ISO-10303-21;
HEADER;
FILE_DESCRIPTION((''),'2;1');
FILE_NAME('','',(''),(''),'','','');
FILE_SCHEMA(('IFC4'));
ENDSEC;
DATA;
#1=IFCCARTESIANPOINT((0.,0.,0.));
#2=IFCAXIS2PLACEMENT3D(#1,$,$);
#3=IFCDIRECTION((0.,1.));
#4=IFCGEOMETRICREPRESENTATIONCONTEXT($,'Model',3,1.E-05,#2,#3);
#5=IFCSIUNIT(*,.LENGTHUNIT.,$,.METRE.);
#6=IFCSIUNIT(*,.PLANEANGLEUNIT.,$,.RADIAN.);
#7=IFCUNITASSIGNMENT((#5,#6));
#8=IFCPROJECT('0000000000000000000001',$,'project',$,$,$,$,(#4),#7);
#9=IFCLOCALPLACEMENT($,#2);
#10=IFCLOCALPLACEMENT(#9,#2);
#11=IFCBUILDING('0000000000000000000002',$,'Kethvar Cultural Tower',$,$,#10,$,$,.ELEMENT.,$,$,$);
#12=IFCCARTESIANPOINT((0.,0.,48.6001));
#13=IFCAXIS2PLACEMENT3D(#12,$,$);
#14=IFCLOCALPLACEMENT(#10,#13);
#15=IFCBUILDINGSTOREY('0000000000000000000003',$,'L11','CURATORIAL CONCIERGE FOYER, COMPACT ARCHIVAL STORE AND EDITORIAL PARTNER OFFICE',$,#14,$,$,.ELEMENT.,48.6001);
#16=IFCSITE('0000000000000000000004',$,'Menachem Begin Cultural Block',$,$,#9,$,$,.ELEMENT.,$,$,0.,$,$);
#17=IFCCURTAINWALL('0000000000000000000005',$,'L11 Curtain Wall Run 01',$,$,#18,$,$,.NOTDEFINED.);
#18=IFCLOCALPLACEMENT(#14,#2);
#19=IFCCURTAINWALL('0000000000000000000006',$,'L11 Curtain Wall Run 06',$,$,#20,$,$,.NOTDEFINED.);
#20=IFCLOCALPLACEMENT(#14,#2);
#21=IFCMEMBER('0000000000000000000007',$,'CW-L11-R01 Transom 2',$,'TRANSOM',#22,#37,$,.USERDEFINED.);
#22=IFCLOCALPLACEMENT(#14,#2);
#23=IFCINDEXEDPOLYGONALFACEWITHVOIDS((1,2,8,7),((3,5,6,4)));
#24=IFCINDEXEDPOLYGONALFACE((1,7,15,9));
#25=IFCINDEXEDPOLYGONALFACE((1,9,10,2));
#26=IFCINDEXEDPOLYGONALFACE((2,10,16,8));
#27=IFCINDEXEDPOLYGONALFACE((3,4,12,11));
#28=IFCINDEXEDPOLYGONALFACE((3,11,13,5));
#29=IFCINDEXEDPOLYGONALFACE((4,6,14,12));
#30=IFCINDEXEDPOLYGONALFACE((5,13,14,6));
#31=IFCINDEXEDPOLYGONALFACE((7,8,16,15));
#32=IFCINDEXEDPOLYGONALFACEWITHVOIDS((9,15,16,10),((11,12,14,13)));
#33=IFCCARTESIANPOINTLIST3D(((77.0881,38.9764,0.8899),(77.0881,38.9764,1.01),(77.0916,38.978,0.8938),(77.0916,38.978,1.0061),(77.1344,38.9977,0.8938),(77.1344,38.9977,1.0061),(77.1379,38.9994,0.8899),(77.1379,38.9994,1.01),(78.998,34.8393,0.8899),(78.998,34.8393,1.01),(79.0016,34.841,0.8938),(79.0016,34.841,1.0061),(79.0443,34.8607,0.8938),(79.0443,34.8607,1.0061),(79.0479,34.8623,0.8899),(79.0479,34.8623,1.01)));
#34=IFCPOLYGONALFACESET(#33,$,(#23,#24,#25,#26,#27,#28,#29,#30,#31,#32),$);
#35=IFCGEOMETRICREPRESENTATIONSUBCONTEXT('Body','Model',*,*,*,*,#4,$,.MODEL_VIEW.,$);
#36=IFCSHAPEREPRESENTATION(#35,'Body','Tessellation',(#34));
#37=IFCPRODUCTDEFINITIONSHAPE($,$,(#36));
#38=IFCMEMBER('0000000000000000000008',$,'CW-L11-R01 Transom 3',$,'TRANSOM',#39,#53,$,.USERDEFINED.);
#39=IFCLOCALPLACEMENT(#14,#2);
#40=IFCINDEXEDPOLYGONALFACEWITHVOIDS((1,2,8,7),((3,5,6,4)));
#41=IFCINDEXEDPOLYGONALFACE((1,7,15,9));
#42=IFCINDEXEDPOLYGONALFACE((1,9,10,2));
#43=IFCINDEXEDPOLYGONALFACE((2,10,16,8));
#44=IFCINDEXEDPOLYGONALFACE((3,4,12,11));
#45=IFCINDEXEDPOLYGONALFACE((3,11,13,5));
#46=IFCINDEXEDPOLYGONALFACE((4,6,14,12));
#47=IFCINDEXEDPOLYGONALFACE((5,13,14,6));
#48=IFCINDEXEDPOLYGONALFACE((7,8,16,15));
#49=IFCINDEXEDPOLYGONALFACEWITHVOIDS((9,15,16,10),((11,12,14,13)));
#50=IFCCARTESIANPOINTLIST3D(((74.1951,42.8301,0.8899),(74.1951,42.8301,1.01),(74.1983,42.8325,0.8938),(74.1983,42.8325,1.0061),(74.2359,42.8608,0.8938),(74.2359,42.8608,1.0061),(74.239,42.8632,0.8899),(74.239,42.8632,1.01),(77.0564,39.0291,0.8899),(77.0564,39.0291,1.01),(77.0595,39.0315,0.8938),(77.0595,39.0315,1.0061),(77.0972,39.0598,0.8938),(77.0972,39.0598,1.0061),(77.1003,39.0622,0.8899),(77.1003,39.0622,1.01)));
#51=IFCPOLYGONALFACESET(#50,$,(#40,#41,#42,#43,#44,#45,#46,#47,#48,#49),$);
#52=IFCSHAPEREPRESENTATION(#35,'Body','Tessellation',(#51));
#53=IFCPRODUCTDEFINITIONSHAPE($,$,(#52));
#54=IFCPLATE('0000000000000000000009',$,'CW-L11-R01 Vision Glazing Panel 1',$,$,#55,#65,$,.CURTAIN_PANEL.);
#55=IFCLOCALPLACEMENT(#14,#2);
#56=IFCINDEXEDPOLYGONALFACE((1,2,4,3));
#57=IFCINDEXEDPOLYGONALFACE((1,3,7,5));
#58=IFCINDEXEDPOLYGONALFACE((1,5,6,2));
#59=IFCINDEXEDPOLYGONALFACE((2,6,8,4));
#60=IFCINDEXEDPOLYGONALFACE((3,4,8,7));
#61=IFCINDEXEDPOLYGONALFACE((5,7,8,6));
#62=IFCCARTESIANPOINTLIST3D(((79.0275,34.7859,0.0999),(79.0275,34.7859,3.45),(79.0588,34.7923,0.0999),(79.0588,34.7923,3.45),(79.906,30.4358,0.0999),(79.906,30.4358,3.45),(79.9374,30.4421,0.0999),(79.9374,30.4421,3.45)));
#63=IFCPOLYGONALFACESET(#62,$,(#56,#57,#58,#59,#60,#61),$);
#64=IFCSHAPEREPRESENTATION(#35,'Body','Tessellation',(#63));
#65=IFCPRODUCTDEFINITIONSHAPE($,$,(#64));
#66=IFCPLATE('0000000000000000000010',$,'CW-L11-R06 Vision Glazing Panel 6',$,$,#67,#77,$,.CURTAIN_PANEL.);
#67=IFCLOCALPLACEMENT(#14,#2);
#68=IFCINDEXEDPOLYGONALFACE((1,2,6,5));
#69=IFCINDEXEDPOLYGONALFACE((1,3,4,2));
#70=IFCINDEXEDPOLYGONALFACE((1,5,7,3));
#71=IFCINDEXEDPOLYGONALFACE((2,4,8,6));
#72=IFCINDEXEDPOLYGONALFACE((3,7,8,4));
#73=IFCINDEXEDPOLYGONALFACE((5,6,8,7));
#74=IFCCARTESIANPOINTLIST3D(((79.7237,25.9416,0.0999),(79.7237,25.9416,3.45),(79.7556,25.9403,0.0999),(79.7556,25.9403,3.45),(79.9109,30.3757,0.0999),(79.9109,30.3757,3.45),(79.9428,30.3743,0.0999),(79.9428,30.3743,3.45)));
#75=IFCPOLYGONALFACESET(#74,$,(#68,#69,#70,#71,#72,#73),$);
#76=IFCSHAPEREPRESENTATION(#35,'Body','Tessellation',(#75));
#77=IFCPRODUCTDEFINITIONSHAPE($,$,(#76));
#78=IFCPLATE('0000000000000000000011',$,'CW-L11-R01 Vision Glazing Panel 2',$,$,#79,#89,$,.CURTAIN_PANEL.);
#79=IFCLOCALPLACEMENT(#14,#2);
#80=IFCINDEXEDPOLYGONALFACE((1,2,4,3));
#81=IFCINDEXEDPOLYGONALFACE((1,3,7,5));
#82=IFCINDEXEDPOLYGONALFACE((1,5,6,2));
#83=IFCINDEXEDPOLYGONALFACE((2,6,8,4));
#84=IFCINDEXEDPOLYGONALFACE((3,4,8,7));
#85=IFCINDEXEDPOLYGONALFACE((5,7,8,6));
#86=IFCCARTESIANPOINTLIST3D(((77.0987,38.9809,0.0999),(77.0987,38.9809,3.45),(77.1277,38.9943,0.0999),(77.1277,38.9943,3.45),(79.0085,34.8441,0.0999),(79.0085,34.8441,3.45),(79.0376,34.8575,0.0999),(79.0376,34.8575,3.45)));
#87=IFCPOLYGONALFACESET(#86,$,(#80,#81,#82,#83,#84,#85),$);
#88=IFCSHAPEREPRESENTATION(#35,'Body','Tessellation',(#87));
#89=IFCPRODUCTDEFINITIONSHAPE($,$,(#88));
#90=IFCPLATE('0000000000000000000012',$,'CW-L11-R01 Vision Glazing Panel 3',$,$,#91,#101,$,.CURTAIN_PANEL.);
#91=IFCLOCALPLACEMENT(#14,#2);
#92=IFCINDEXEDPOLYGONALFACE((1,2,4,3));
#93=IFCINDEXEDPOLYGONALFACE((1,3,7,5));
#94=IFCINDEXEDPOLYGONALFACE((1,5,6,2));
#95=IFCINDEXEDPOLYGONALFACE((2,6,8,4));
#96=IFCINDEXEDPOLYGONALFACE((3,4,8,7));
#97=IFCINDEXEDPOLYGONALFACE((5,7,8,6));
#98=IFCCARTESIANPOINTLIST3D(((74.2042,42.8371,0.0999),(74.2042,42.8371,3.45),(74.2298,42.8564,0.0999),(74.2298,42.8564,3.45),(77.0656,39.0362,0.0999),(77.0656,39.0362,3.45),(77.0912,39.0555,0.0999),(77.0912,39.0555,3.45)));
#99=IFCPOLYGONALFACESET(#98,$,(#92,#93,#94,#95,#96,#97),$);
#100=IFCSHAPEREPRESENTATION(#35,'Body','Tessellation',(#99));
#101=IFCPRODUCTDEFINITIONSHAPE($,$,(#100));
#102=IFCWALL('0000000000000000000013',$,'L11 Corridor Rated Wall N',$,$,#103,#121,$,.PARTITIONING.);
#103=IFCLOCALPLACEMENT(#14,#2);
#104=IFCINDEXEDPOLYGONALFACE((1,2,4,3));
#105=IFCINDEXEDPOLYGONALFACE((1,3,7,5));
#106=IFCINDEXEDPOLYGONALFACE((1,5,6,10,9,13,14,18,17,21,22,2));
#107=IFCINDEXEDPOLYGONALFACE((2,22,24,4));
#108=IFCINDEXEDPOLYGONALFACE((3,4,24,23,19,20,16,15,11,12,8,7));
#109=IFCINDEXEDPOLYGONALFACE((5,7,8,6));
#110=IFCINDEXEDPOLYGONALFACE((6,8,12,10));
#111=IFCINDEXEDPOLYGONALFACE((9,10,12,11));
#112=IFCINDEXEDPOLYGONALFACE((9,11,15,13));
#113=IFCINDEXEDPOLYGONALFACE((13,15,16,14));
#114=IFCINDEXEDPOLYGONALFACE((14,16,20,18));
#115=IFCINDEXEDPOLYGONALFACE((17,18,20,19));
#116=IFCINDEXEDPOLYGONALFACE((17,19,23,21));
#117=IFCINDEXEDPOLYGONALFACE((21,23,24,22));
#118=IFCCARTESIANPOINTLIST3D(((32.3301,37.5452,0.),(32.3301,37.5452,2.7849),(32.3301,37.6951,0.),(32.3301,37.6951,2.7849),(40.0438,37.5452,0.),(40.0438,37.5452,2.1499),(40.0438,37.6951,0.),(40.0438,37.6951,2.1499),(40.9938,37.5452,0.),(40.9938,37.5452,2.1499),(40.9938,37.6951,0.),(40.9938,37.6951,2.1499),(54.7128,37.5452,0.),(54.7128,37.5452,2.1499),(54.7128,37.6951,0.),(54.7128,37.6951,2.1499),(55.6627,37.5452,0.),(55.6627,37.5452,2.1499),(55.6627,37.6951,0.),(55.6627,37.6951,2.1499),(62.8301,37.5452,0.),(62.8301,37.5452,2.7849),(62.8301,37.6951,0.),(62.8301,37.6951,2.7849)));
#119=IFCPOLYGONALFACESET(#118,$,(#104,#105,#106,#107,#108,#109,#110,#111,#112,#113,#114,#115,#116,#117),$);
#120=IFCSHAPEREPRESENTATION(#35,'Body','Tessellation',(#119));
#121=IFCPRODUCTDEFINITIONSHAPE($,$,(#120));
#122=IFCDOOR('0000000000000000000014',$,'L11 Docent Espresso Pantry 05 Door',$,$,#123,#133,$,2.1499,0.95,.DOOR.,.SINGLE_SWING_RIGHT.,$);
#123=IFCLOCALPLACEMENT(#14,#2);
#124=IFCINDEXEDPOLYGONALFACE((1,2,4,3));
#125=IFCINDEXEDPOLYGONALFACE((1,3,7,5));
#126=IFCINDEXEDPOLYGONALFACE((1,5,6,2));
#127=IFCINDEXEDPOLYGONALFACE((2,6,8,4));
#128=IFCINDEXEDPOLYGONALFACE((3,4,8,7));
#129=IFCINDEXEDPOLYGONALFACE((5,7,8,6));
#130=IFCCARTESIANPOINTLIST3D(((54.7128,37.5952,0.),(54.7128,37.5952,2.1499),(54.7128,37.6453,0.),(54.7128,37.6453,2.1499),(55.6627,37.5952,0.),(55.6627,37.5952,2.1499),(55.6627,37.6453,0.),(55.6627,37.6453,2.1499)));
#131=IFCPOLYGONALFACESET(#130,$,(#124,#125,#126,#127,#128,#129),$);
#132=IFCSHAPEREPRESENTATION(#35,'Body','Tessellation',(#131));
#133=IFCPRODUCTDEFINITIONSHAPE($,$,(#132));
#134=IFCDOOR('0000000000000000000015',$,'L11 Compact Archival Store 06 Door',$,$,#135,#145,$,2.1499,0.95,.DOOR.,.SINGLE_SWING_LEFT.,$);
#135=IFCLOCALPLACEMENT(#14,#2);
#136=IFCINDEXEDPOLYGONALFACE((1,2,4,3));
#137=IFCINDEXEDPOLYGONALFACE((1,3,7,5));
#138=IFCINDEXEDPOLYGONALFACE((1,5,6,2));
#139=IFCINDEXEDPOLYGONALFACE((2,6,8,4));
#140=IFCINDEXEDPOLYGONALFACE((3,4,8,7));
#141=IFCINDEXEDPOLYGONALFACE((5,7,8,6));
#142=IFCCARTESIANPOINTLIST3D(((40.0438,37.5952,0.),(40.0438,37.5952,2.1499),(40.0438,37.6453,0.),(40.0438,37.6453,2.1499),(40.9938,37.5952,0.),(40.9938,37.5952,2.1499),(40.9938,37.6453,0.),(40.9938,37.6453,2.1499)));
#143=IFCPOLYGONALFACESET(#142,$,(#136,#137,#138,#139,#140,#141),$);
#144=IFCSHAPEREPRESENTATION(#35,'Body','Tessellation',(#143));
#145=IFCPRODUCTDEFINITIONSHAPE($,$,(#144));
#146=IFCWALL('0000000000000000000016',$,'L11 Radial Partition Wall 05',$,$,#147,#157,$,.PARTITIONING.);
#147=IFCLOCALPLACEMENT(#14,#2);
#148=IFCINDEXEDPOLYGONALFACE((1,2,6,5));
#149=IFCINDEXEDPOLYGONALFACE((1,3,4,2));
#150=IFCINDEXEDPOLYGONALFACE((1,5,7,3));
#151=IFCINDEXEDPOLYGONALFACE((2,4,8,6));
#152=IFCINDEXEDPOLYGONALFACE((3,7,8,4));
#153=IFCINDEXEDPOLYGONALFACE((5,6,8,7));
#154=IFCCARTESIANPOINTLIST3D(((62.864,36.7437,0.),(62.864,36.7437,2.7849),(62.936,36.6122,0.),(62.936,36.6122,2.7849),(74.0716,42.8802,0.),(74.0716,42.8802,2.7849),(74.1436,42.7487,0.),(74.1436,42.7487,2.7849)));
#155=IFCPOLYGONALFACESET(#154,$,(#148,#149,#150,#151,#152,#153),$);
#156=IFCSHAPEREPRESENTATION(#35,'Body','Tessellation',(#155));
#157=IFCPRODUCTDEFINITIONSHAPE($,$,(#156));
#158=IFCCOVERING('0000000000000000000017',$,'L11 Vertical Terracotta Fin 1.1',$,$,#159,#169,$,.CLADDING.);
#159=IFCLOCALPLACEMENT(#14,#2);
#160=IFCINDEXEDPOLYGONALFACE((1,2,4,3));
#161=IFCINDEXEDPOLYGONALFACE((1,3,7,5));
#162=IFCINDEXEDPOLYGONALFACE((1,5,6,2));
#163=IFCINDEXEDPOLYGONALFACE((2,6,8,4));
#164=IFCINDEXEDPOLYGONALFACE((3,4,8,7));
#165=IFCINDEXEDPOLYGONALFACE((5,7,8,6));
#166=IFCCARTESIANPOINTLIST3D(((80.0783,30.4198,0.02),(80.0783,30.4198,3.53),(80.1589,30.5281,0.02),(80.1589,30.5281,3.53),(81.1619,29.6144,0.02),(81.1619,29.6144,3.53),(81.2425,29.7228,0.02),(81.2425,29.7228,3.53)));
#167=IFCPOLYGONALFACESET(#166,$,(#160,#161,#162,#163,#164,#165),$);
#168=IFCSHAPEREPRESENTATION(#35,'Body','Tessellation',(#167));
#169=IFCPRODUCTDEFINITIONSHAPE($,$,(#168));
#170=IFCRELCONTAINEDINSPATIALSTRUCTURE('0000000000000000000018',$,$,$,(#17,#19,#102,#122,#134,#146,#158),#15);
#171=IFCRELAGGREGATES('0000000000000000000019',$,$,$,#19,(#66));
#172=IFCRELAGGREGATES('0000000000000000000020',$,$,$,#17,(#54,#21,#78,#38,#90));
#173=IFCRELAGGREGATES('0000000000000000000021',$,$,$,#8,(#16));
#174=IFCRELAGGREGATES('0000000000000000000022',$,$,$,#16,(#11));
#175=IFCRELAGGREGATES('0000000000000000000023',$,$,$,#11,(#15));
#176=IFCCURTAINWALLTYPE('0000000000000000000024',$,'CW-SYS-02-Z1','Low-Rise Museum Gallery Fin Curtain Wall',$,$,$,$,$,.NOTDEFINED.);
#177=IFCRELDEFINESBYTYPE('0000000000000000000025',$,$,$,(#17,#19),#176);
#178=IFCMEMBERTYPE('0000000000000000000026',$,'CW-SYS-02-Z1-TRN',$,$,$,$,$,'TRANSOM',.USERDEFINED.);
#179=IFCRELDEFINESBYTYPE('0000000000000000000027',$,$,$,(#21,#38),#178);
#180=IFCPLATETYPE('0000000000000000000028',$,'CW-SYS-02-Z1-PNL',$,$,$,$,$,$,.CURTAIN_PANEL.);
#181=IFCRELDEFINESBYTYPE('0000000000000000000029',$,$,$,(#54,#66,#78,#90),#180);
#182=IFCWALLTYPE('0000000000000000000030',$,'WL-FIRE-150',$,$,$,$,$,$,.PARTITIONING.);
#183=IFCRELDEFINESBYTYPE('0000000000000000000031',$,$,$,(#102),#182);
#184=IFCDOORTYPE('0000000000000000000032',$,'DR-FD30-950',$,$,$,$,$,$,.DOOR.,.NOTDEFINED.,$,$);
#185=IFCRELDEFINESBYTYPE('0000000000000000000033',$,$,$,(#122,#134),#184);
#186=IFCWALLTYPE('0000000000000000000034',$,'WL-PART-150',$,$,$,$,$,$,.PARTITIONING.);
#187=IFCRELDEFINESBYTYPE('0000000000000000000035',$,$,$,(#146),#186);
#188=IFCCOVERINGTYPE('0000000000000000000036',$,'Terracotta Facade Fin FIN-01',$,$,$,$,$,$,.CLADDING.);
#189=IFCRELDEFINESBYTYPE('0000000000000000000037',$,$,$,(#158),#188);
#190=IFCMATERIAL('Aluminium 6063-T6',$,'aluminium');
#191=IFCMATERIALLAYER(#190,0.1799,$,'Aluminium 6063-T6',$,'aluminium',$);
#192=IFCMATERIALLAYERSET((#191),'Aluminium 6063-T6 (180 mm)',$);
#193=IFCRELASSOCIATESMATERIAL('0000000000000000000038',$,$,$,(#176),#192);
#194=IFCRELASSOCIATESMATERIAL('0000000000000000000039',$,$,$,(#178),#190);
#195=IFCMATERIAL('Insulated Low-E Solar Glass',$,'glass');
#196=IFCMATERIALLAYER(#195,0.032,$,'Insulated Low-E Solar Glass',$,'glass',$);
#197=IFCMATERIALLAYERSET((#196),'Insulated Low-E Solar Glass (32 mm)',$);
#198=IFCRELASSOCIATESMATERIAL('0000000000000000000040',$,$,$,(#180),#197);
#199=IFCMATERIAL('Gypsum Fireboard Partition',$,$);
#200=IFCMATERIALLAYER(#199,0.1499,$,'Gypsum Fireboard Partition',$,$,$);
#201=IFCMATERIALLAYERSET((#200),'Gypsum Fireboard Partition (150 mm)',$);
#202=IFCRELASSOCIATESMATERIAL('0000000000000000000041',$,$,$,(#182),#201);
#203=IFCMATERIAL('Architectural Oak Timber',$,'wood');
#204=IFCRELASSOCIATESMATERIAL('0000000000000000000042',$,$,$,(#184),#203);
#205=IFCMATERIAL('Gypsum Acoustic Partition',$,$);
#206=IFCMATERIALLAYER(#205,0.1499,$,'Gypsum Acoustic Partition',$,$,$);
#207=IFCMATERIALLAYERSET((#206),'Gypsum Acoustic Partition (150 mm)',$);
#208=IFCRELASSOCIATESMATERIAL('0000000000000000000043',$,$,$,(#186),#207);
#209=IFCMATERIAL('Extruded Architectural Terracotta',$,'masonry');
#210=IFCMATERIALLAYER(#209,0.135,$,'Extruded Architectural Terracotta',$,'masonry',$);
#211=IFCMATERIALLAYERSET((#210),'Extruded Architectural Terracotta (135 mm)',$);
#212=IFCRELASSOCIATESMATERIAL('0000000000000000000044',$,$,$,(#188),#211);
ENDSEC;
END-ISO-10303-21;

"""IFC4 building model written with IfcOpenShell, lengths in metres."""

from ifc_helpers import new_model, si_unit, direction, frame, frame_2d, origin, origin_2d, place, context, subcontext, project, spatial, rectangle, hollow_rectangle, extrude, source, transform, mapped, material, layer, layer_set, material_profile, profile_set, type_object, element, fill, aggregate, save


model = new_model("IFC4")

# Units and contexts
model_context = context("Model", 3, precision=1e-05, world=origin(), true_north=direction((0.0, 1.0)))
body_context = subcontext(model_context, "Body", "Model", "MODEL_VIEW")
ifc_project = project(units=[si_unit("LENGTHUNIT", "METRE"), si_unit("PLANEANGLEUNIT", "RADIAN")], contexts=[model_context])

# Site, building, storey
site_placement = place(None, origin())
site = spatial("IfcSite", under=ifc_project, at=site_placement, Name="Menachem Begin Cultural Block", CompositionType="ELEMENT", RefElevation=0.0)
building_placement = place(site_placement, origin())
building = spatial("IfcBuilding", under=site, at=building_placement, Name="Kethvar Cultural Tower", CompositionType="ELEMENT")
storey_placement = place(building_placement, frame((0.0, 0.0, 48.6001)))
storey = spatial("IfcBuildingStorey", under=building, at=storey_placement, Name="L11", Description="CURATORIAL CONCIERGE FOYER, COMPACT ARCHIVAL STORE AND EDITORIAL PARTNER OFFICE", CompositionType="ELEMENT", Elevation=48.6001)

# Curtain wall
ifc_material_1 = material(Name="Aluminium 6063-T6", Category="aluminium")
ifc_layer_1 = layer(ifc_material_1, 0.1799, Name="Aluminium 6063-T6", Category="aluminium")
ifc_layer_set_1 = layer_set([ifc_layer_1], Name="Aluminium 6063-T6 (180 mm)")
curtain_wall_type = type_object("IfcCurtainWallType", Name="CW-SYS-02-Z1", Description="Low-Rise Museum Gallery Fin Curtain Wall", PredefinedType="NOTDEFINED", material=ifc_layer_set_1)
curtain_wall_1_placement = place(storey_placement, origin())
curtain_wall_1 = element("IfcCurtainWall", 1, at=curtain_wall_1_placement, inside=storey, type_object=curtain_wall_type, Name="L11 Curtain Wall Run 01", PredefinedType="NOTDEFINED")

# Curtain wall
curtain_wall_2_placement = place(storey_placement, origin())
curtain_wall_2 = element("IfcCurtainWall", 2, at=curtain_wall_2_placement, inside=storey, type_object=curtain_wall_type, Name="L11 Curtain Wall Run 06", PredefinedType="NOTDEFINED")

# Members
ifc_material_profile_1 = material_profile(ifc_material_1, hollow_rectangle(XDim=0.0549, YDim=0.1201, WallThickness=0.0039, at=origin_2d()), Name="Aluminium 6063-T6 — RHS120x55x4")
ifc_profile_set_1 = profile_set([ifc_material_profile_1], Name="Aluminium 6063-T6 — RHS120x55x4")
member_type_1 = type_object("IfcMemberType", Name="CW-SYS-02-Z1-TRN", ElementType="TRANSOM", PredefinedType="USERDEFINED", material=ifc_profile_set_1)
shared_shape_1 = source(origin(), body_context, "Body", "SweptSolid", [
    extrude(hollow_rectangle(XDim=0.0549, YDim=0.1201, WallThickness=0.0039, at=origin_2d()), origin(), (0.0, 0.0, 1.0), 4.5566),
])
member_1_placement = place(storey_placement, frame((79.0229, 34.8508, 0.95), z_axis=(-0.419157, 0.907914, 0.0), x_axis=(-0.907914, -0.419157, 0.0)))
member_1 = element("IfcMember", 3, at=member_1_placement, type_object=member_type_1, Name="CW-L11-R01 Transom 2", ObjectType="TRANSOM", PredefinedType="USERDEFINED", context=body_context, shape_type="MappedRepresentation", body=[
    mapped(shared_shape_1, transform((0.0, 0.0, 0.0), scale=1.0)),
])
shared_shape_2 = source(origin(), body_context, "Body", "SweptSolid", [
    extrude(hollow_rectangle(XDim=0.0549, YDim=0.1201, WallThickness=0.0039, at=origin_2d()), origin(), (0.0, 0.0, 1.0), 4.7576),
])
member_2_placement = place(storey_placement, frame((77.0784, 39.0457, 0.95), z_axis=(-0.601419, 0.798933, 0.0), x_axis=(-0.798933, -0.601419, 0.0)))
member_2 = element("IfcMember", 4, at=member_2_placement, type_object=member_type_1, Name="CW-L11-R01 Transom 3", ObjectType="TRANSOM", PredefinedType="USERDEFINED", context=body_context, shape_type="MappedRepresentation", body=[
    mapped(shared_shape_2, transform((0.0, 0.0, 0.0), scale=1.0)),
])

# Plates
ifc_material_2 = material(Name="Insulated Low-E Solar Glass", Category="glass")
ifc_layer_2 = layer(ifc_material_2, 0.032, Name="Insulated Low-E Solar Glass", Category="glass")
ifc_layer_set_2 = layer_set([ifc_layer_2], Name="Insulated Low-E Solar Glass (32 mm)")
plate_type = type_object("IfcPlateType", Name="CW-SYS-02-Z1-PNL", PredefinedType="CURTAIN_PANEL", material=ifc_layer_set_2)
shared_shape_3 = source(origin(), body_context, "Body", "SweptSolid", [
    extrude(rectangle(XDim=4.438, YDim=0.032, at=origin_2d()), origin(), (0.0, 0.0, 1.0), 3.3501),
])
plate_1_placement = place(storey_placement, frame((79.4824, 32.614, 0.0999), z_axis=(0.0, 0.0, 1.0), x_axis=(-0.197965, 0.980209, 0.0)))
plate_1 = element("IfcPlate", 5, at=plate_1_placement, type_object=plate_type, Name="CW-L11-R01 Vision Glazing Panel 1", PredefinedType="CURTAIN_PANEL", context=body_context, shape_type="MappedRepresentation", body=[
    mapped(shared_shape_3, transform((0.0, 0.0, 0.0), scale=1.0)),
])
plate_2_placement = place(storey_placement, frame((79.8333, 28.158, 0.0999), z_axis=(0.0, 0.0, 1.0), x_axis=(0.042172, 0.99911, 0.0)))
plate_2 = element("IfcPlate", 6, at=plate_2_placement, type_object=plate_type, Name="CW-L11-R06 Vision Glazing Panel 6", PredefinedType="CURTAIN_PANEL", context=body_context, shape_type="MappedRepresentation", body=[
    mapped(shared_shape_3, transform((0.0, 0.0, 0.0), scale=1.0)),
])
aggregate(curtain_wall_2, [plate_2])
shared_shape_4 = source(origin(), body_context, "Body", "SweptSolid", [
    extrude(rectangle(XDim=4.5564, YDim=0.032, at=origin_2d()), origin(), (0.0, 0.0, 1.0), 3.3501),
])
plate_3_placement = place(storey_placement, frame((78.0681, 36.9192, 0.0999), z_axis=(0.0, 0.0, 1.0), x_axis=(-0.419167, 0.907909, 0.0)))
plate_3 = element("IfcPlate", 7, at=plate_3_placement, type_object=plate_type, Name="CW-L11-R01 Vision Glazing Panel 2", PredefinedType="CURTAIN_PANEL", context=body_context, shape_type="MappedRepresentation", body=[
    mapped(shared_shape_4, transform((0.0, 0.0, 0.0), scale=1.0)),
])
shared_shape_5 = source(origin(), body_context, "Body", "SweptSolid", [
    extrude(rectangle(XDim=4.7576, YDim=0.032, at=origin_2d()), origin(), (0.0, 0.0, 1.0), 3.3501),
])
plate_4_placement = place(storey_placement, frame((75.6477, 40.9463, 0.0999), z_axis=(0.0, 0.0, 1.0), x_axis=(-0.601439, 0.798919, 0.0)))
plate_4 = element("IfcPlate", 8, at=plate_4_placement, type_object=plate_type, Name="CW-L11-R01 Vision Glazing Panel 3", PredefinedType="CURTAIN_PANEL", context=body_context, shape_type="MappedRepresentation", body=[
    mapped(shared_shape_5, transform((0.0, 0.0, 0.0), scale=1.0)),
])
aggregate(curtain_wall_1, [plate_1, member_1, plate_3, member_2, plate_4])

# Wall, openings, doors
ifc_material_3 = material(Name="Gypsum Fireboard Partition")
ifc_layer_3 = layer(ifc_material_3, 0.1499, Name="Gypsum Fireboard Partition")
ifc_layer_set_3 = layer_set([ifc_layer_3], Name="Gypsum Fireboard Partition (150 mm)")
wall_type_1 = type_object("IfcWallType", Name="WL-FIRE-150", PredefinedType="PARTITIONING", material=ifc_layer_set_3)
wall_1_placement = place(storey_placement, frame((62.8301, 37.6201, 0.0), z_axis=(0.0, 0.0, 1.0), x_axis=(-1.0, 0.0, 0.0)))
wall_1 = element("IfcWall", 9, at=wall_1_placement, inside=storey, type_object=wall_type_1, Name="L11 Corridor Rated Wall N", PredefinedType="PARTITIONING", context=body_context, shape_type="SweptSolid", body=[
    extrude(rectangle(XDim=30.5, YDim=0.1499, at=frame_2d((15.25, 0.0))), origin(), (0.0, 0.0, 1.0), 2.7849),
])
opening_1_placement = place(wall_1_placement, frame((7.1672, 0.0, 0.0)))
opening_1 = element("IfcOpeningElement", 10, at=opening_1_placement, cuts=wall_1, PredefinedType="OPENING", context=body_context, shape_type="SweptSolid", body=[
    extrude(rectangle(XDim=0.95, YDim=2.1499, at=frame_2d((0.4751, 1.075))), frame((0.0, 0.085, 0.0), z_axis=(0.0, -1.0, 0.0), x_axis=(1.0, 0.0, 0.0)), (0.0, 0.0, 1.0), 0.1699),
])
opening_2_placement = place(wall_1_placement, frame((21.8362, 0.0, 0.0)))
opening_2 = element("IfcOpeningElement", 11, at=opening_2_placement, cuts=wall_1, PredefinedType="OPENING", context=body_context, shape_type="SweptSolid", body=[
    extrude(rectangle(XDim=0.95, YDim=2.1499, at=frame_2d((0.4751, 1.075))), frame((0.0, 0.085, 0.0), z_axis=(0.0, -1.0, 0.0), x_axis=(1.0, 0.0, 0.0)), (0.0, 0.0, 1.0), 0.1699),
])
ifc_material_4 = material(Name="Architectural Oak Timber", Category="wood")
door_type = type_object("IfcDoorType", Name="DR-FD30-950", OperationType="NOTDEFINED", PredefinedType="DOOR", material=ifc_material_4)
shared_shape_6 = source(origin(), body_context, "Body", "SweptSolid", [
    extrude(rectangle(XDim=0.95, YDim=2.1499, at=frame_2d((0.4751, 1.075))), frame((0.0, 0.0249, 0.0), z_axis=(0.0, -1.0, 0.0), x_axis=(1.0, 0.0, 0.0)), (0.0, 0.0, 1.0), 0.05),
])
door_1_placement = place(opening_1_placement, origin())
door_1 = element("IfcDoor", 12, at=door_1_placement, inside=storey, type_object=door_type, Name="L11 Docent Espresso Pantry 05 Door", OperationType="SINGLE_SWING_RIGHT", OverallHeight=2.1499, OverallWidth=0.95, PredefinedType="DOOR", context=body_context, shape_type="MappedRepresentation", body=[
    mapped(shared_shape_6, transform((0.0, 0.0, 0.0), scale=1.0)),
])
fill(opening_1, door_1)
door_2_placement = place(opening_2_placement, origin())
door_2 = element("IfcDoor", 13, at=door_2_placement, inside=storey, type_object=door_type, Name="L11 Compact Archival Store 06 Door", OperationType="SINGLE_SWING_LEFT", OverallHeight=2.1499, OverallWidth=0.95, PredefinedType="DOOR", context=body_context, shape_type="MappedRepresentation", body=[
    mapped(shared_shape_6, transform((0.0, 0.0, 0.0), scale=1.0)),
])
fill(opening_2, door_2)

# Wall
ifc_material_5 = material(Name="Gypsum Acoustic Partition")
ifc_layer_4 = layer(ifc_material_5, 0.1499, Name="Gypsum Acoustic Partition")
ifc_layer_set_4 = layer_set([ifc_layer_4], Name="Gypsum Acoustic Partition (150 mm)")
wall_type_2 = type_object("IfcWallType", Name="WL-PART-150", PredefinedType="PARTITIONING", material=ifc_layer_set_4)
wall_2_placement = place(storey_placement, frame((62.9001, 36.678, 0.0), z_axis=(0.0, 0.0, 1.0), x_axis=(0.877128, 0.480256, 0.0)))
element("IfcWall", 14, at=wall_2_placement, inside=storey, type_object=wall_type_2, Name="L11 Radial Partition Wall 05", PredefinedType="PARTITIONING", context=body_context, shape_type="SweptSolid", body=[
    extrude(rectangle(XDim=12.7776, YDim=0.1499, at=frame_2d((6.3887, 0.0))), origin(), (0.0, 0.0, 1.0), 2.7849),
])

# Covering
ifc_material_6 = material(Name="Extruded Architectural Terracotta", Category="masonry")
ifc_layer_5 = layer(ifc_material_6, 0.135, Name="Extruded Architectural Terracotta", Category="masonry")
ifc_layer_set_5 = layer_set([ifc_layer_5], Name="Extruded Architectural Terracotta (135 mm)")
covering_type = type_object("IfcCoveringType", Name="Terracotta Facade Fin FIN-01", PredefinedType="CLADDING", material=ifc_layer_set_5)
shared_shape_7 = source(origin(), body_context, "Body", "SweptSolid", [
    extrude(rectangle(XDim=1.3501, YDim=0.135, at=origin_2d()), origin(), (0.0, 0.0, 1.0), 3.51),
])
for number, where, z_axis, x_axis, name in (
    (15, (80.6604, 30.0713, 0.02), (0.0, 0.0, 1.0), (0.802609, -0.596505, 0.0), "L11 Vertical Terracotta Fin 1.1"),
):
    element("IfcCovering", number, at=place(storey_placement, frame(where, z_axis=z_axis, x_axis=x_axis)), inside=storey, type_object=covering_type, Name=name, PredefinedType="CLADDING", context=body_context, shape_type="MappedRepresentation", body=[
        mapped(shared_shape_7, transform((0.0, 0.0, 0.0), scale=1.0)),
    ])

save(model, "model.ifc")
